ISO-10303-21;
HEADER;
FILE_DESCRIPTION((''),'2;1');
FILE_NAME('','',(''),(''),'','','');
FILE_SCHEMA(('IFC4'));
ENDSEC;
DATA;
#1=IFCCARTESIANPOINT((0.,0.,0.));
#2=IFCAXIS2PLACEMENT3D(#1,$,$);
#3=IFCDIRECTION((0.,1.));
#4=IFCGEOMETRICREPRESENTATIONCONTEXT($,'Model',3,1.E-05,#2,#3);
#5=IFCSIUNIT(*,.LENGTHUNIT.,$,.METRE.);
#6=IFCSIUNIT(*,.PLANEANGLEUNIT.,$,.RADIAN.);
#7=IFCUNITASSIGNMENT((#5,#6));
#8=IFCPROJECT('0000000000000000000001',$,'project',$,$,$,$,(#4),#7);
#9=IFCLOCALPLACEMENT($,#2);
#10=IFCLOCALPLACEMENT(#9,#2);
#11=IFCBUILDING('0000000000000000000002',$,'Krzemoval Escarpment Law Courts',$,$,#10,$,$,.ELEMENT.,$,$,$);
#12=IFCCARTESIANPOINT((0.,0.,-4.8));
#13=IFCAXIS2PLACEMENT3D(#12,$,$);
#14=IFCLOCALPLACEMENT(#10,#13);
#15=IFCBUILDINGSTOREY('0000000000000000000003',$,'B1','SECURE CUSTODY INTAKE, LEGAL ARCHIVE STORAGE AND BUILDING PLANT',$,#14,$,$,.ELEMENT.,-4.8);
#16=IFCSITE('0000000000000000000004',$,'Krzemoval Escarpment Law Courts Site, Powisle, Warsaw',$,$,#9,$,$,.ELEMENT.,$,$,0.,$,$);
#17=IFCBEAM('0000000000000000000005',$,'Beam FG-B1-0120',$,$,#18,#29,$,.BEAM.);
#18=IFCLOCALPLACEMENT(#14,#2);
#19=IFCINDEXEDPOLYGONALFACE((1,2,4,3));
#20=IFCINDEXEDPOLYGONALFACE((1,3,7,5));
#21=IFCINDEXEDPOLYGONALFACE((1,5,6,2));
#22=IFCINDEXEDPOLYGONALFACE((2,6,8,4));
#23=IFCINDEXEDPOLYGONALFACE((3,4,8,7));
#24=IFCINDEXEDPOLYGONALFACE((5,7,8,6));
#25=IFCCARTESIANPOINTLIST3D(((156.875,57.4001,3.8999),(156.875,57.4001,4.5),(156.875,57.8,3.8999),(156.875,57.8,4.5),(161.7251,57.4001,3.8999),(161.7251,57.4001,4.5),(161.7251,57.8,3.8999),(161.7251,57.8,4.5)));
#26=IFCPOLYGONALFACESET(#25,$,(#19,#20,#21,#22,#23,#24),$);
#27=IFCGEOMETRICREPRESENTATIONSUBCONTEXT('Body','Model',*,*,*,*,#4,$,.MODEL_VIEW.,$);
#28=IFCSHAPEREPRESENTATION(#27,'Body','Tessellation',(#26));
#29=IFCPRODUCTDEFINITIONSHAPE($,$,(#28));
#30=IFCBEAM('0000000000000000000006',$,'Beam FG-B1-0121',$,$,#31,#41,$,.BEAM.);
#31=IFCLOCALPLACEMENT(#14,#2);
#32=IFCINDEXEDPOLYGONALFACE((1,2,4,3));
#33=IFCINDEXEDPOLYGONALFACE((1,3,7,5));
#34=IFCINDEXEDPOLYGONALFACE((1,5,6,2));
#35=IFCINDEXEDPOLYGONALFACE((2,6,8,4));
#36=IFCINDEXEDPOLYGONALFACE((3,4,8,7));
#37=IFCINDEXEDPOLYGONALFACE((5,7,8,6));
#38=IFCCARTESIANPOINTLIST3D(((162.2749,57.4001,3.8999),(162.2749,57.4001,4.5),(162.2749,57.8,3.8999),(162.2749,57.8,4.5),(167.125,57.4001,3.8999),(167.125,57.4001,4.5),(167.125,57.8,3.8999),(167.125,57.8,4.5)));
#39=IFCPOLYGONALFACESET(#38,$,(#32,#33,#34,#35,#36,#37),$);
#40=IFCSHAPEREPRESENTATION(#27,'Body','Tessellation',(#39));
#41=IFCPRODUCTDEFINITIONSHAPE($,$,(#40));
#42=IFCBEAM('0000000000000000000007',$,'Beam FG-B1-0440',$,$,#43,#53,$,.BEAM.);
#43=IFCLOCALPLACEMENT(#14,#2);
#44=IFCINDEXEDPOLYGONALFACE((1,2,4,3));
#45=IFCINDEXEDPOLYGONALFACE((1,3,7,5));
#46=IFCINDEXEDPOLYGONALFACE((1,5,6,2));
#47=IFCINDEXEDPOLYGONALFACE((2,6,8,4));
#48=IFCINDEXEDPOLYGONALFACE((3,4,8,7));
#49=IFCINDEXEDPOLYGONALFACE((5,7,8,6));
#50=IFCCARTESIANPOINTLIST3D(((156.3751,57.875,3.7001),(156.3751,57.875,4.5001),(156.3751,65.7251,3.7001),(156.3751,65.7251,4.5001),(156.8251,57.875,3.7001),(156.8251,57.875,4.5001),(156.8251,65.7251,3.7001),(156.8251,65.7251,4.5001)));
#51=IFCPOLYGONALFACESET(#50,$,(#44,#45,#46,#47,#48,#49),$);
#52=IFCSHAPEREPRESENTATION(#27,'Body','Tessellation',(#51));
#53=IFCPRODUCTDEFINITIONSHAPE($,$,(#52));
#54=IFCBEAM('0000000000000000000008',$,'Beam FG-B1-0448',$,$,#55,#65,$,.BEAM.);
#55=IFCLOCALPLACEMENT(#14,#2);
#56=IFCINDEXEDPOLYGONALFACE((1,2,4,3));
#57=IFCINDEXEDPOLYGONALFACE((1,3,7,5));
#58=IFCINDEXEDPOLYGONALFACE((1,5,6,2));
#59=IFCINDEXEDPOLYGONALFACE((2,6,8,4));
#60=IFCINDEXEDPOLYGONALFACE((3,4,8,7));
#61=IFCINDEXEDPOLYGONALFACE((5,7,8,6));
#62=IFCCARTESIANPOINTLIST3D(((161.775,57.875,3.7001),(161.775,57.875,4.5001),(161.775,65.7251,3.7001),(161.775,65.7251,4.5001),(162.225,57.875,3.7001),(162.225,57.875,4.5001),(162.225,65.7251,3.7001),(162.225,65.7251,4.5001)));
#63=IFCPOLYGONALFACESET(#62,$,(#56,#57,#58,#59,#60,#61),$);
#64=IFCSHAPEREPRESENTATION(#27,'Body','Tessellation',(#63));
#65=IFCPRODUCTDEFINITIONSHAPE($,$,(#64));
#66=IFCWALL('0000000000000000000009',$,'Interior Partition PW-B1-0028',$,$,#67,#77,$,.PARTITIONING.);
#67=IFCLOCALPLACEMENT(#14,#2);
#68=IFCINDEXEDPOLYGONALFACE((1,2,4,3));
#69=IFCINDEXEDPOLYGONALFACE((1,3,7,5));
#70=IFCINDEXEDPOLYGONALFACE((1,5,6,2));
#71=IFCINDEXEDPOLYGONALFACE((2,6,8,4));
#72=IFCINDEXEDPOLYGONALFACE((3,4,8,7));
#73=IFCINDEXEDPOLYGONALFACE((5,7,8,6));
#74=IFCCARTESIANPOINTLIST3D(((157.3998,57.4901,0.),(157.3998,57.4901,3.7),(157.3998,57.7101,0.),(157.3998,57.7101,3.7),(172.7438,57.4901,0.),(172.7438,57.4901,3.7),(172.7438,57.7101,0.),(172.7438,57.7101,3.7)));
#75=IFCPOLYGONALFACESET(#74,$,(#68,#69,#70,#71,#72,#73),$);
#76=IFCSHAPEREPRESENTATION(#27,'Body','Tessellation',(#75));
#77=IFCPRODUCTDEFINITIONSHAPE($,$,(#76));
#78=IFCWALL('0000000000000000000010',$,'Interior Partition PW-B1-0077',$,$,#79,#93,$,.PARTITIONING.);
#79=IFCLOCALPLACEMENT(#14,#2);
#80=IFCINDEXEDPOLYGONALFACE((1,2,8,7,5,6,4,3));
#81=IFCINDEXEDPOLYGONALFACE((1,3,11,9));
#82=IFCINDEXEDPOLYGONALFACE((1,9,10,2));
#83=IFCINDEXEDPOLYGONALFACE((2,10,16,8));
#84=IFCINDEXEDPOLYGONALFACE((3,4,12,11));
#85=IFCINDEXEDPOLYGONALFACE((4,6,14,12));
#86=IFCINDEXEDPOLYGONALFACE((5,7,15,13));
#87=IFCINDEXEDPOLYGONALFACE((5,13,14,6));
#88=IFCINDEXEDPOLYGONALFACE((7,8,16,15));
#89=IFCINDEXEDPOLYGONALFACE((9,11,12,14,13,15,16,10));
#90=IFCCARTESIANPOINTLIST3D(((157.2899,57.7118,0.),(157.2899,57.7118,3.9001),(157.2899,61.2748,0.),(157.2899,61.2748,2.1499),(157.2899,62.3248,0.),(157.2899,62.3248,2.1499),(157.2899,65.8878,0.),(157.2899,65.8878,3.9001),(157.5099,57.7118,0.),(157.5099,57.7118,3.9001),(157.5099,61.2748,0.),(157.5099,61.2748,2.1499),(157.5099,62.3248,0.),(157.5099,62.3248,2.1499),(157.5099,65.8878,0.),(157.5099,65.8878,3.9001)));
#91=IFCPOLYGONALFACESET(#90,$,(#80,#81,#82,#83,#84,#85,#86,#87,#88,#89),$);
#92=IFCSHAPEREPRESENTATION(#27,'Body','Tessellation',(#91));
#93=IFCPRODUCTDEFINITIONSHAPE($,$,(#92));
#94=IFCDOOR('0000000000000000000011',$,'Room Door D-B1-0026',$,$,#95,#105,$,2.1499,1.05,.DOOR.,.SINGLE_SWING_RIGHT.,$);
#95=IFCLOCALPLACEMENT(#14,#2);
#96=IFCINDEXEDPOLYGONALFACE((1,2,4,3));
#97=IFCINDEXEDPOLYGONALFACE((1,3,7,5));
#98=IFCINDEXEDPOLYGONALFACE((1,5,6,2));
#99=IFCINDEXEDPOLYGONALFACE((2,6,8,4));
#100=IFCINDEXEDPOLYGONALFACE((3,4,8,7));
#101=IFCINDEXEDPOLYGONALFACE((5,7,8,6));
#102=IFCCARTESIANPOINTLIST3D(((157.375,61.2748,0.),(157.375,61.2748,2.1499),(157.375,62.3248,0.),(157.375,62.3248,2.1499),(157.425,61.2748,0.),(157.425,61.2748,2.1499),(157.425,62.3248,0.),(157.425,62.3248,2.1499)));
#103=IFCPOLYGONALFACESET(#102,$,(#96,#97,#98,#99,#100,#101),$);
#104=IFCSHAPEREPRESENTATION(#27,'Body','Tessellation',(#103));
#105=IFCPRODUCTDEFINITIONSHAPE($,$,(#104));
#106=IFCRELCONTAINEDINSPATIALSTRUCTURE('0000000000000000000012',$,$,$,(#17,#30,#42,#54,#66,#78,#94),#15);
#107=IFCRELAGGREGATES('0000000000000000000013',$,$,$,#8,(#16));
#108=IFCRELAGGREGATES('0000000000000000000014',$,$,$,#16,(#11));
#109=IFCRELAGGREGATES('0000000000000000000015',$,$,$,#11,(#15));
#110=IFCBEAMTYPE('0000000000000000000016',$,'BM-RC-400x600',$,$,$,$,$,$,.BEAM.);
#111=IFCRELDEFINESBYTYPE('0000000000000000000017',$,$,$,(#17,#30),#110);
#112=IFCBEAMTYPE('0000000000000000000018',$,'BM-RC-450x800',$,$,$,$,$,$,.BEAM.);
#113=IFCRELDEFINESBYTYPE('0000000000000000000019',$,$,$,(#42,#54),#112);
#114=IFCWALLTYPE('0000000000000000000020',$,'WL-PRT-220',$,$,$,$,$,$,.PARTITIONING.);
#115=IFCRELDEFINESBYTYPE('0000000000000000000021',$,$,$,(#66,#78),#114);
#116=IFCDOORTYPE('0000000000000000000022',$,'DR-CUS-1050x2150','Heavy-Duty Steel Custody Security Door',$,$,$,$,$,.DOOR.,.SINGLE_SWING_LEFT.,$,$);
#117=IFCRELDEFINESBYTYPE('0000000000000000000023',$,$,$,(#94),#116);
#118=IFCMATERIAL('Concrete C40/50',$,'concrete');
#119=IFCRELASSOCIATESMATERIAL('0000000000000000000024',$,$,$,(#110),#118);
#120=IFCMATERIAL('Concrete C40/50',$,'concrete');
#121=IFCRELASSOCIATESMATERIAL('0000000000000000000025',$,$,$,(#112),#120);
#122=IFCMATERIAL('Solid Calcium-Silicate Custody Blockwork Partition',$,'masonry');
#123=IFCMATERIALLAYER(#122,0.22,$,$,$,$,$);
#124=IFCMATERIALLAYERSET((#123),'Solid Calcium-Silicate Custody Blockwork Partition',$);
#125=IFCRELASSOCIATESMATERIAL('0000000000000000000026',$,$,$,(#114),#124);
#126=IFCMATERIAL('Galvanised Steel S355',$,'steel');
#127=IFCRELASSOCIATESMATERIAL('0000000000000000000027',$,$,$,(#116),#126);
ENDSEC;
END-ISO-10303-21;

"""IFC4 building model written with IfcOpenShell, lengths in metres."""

from ifc_helpers import new_model, si_unit, direction, frame, frame_2d, origin, origin_2d, place, context, subcontext, project, spatial, rectangle, extrude, material, layer, layer_set, material_profile, profile_set, type_object, element, fill, save


model = new_model("IFC4")

# Units and contexts
model_context = context("Model", 3, precision=1e-05, world=origin(), true_north=direction((0.0, 1.0)))
body_context = subcontext(model_context, "Body", "Model", "MODEL_VIEW")
ifc_project = project(units=[si_unit("LENGTHUNIT", "METRE"), si_unit("PLANEANGLEUNIT", "RADIAN")], contexts=[model_context])

# Site, building, storey
site_placement = place(None, origin())
site = spatial("IfcSite", under=ifc_project, at=site_placement, Name="Krzemoval Escarpment Law Courts Site, Powisle, Warsaw", CompositionType="ELEMENT", RefElevation=0.0)
building_placement = place(site_placement, origin())
building = spatial("IfcBuilding", under=site, at=building_placement, Name="Krzemoval Escarpment Law Courts", CompositionType="ELEMENT")
storey_placement = place(building_placement, frame((0.0, 0.0, -4.8)))
storey = spatial("IfcBuildingStorey", under=building, at=storey_placement, Name="B1", Description="SECURE CUSTODY INTAKE, LEGAL ARCHIVE STORAGE AND BUILDING PLANT", CompositionType="ELEMENT", Elevation=-4.8)

# Beams
ifc_material_1 = material(Name="Concrete C40/50", Category="concrete")
ifc_material_profile_1 = material_profile(ifc_material_1, rectangle(XDim=0.3999, YDim=0.6001, at=origin_2d()), Name="RCB 400x600")
ifc_profile_set_1 = profile_set([ifc_material_profile_1], Name="Concrete C40/50")
beam_type_1 = type_object("IfcBeamType", Name="BM-RC-400x600", PredefinedType="BEAM", material=ifc_profile_set_1)
for number, where, z_axis, x_axis, name in (
    (1, (156.875, 57.6001, 4.2), (1.0, 0.0, 0.0), (0.0, 1.0, 0.0), "Beam FG-B1-0120"),
    (2, (162.2749, 57.6001, 4.2), (1.0, 0.0, 0.0), (0.0, 1.0, 0.0), "Beam FG-B1-0121"),
):
    element("IfcBeam", number, at=place(storey_placement, frame(where, z_axis=z_axis, x_axis=x_axis)), inside=storey, type_object=beam_type_1, Name=name, PredefinedType="BEAM", context=body_context, shape_type="SweptSolid", body=[
        extrude(rectangle(XDim=0.3999, YDim=0.6001, at=origin_2d()), origin(), (0.0, 0.0, 1.0), 4.8501),
    ])
ifc_material_2 = material(Name="Concrete C40/50", Category="concrete")
ifc_material_profile_2 = material_profile(ifc_material_2, rectangle(XDim=0.45, YDim=0.8, at=origin_2d()), Name="RCB 450x800")
ifc_profile_set_2 = profile_set([ifc_material_profile_2], Name="Concrete C40/50")
beam_type_2 = type_object("IfcBeamType", Name="BM-RC-450x800", PredefinedType="BEAM", material=ifc_profile_set_2)
for number, where, z_axis, x_axis, name in (
    (3, (156.6001, 57.875, 4.1001), (0.0, 1.0, 0.0), (-1.0, 0.0, 0.0), "Beam FG-B1-0440"),
    (4, (162.0, 57.875, 4.1001), (0.0, 1.0, 0.0), (-1.0, 0.0, 0.0), "Beam FG-B1-0448"),
):
    element("IfcBeam", number, at=place(storey_placement, frame(where, z_axis=z_axis, x_axis=x_axis)), inside=storey, type_object=beam_type_2, Name=name, PredefinedType="BEAM", context=body_context, shape_type="SweptSolid", body=[
        extrude(rectangle(XDim=0.45, YDim=0.8, at=origin_2d()), origin(), (0.0, 0.0, 1.0), 7.8501),
    ])

# Wall
ifc_material_3 = material(Name="Solid Calcium-Silicate Custody Blockwork Partition", Category="masonry")
ifc_layer = layer(ifc_material_3, 0.22)
ifc_layer_set = layer_set([ifc_layer], Name="Solid Calcium-Silicate Custody Blockwork Partition")
wall_type = type_object("IfcWallType", Name="WL-PRT-220", PredefinedType="PARTITIONING", material=ifc_layer_set)
wall_1_placement = place(storey_placement, frame((157.3999, 57.6001, 0.0), z_axis=(0.0, 0.0, 1.0), x_axis=(1.0, 0.0, 0.0)))
element("IfcWall", 5, at=wall_1_placement, inside=storey, type_object=wall_type, Name="Interior Partition PW-B1-0028", PredefinedType="PARTITIONING", context=body_context, shape_type="SweptSolid", body=[
    extrude(rectangle(XDim=15.344, YDim=0.22, at=frame_2d((7.6719, 0.0))), origin(), (0.0, 0.0, 1.0), 3.7),
])

# Wall, opening, door
wall_2_placement = place(storey_placement, frame((157.3999, 57.7119, 0.0), z_axis=(0.0, 0.0, 1.0), x_axis=(0.0, 1.0, 0.0)))
wall_2 = element("IfcWall", 6, at=wall_2_placement, inside=storey, type_object=wall_type, Name="Interior Partition PW-B1-0077", PredefinedType="PARTITIONING", context=body_context, shape_type="SweptSolid", body=[
    extrude(rectangle(XDim=8.176, YDim=0.22, at=frame_2d((4.0879, 0.0))), origin(), (0.0, 0.0, 1.0), 3.9001),
])
opening_placement = place(wall_2_placement, frame((3.563, 0.0, 0.0)))
opening = element("IfcOpeningElement", 7, at=opening_placement, cuts=wall_2, PredefinedType="OPENING", context=body_context, shape_type="SweptSolid", body=[
    extrude(rectangle(XDim=1.05, YDim=2.1499, at=frame_2d((0.5249, 1.075))), frame((0.0, 0.125, 0.0), z_axis=(0.0, -1.0, 0.0), x_axis=(1.0, 0.0, 0.0)), (0.0, 0.0, 1.0), 0.25),
])
ifc_material_4 = material(Name="Galvanised Steel S355", Category="steel")
door_type = type_object("IfcDoorType", Name="DR-CUS-1050x2150", Description="Heavy-Duty Steel Custody Security Door", OperationType="SINGLE_SWING_LEFT", PredefinedType="DOOR", material=ifc_material_4)
door_placement = place(opening_placement, origin())
door = element("IfcDoor", 8, at=door_placement, inside=storey, type_object=door_type, Name="Room Door D-B1-0026", OperationType="SINGLE_SWING_RIGHT", OverallHeight=2.1499, OverallWidth=1.05, PredefinedType="DOOR", context=body_context, shape_type="SweptSolid", body=[
    extrude(rectangle(XDim=1.05, YDim=2.1499, at=frame_2d((0.5249, 1.075))), frame((0.0, 0.0249, 0.0), z_axis=(0.0, -1.0, 0.0), x_axis=(1.0, 0.0, 0.0)), (0.0, 0.0, 1.0), 0.05),
])
fill(opening, door)

save(model, "model.ifc")
